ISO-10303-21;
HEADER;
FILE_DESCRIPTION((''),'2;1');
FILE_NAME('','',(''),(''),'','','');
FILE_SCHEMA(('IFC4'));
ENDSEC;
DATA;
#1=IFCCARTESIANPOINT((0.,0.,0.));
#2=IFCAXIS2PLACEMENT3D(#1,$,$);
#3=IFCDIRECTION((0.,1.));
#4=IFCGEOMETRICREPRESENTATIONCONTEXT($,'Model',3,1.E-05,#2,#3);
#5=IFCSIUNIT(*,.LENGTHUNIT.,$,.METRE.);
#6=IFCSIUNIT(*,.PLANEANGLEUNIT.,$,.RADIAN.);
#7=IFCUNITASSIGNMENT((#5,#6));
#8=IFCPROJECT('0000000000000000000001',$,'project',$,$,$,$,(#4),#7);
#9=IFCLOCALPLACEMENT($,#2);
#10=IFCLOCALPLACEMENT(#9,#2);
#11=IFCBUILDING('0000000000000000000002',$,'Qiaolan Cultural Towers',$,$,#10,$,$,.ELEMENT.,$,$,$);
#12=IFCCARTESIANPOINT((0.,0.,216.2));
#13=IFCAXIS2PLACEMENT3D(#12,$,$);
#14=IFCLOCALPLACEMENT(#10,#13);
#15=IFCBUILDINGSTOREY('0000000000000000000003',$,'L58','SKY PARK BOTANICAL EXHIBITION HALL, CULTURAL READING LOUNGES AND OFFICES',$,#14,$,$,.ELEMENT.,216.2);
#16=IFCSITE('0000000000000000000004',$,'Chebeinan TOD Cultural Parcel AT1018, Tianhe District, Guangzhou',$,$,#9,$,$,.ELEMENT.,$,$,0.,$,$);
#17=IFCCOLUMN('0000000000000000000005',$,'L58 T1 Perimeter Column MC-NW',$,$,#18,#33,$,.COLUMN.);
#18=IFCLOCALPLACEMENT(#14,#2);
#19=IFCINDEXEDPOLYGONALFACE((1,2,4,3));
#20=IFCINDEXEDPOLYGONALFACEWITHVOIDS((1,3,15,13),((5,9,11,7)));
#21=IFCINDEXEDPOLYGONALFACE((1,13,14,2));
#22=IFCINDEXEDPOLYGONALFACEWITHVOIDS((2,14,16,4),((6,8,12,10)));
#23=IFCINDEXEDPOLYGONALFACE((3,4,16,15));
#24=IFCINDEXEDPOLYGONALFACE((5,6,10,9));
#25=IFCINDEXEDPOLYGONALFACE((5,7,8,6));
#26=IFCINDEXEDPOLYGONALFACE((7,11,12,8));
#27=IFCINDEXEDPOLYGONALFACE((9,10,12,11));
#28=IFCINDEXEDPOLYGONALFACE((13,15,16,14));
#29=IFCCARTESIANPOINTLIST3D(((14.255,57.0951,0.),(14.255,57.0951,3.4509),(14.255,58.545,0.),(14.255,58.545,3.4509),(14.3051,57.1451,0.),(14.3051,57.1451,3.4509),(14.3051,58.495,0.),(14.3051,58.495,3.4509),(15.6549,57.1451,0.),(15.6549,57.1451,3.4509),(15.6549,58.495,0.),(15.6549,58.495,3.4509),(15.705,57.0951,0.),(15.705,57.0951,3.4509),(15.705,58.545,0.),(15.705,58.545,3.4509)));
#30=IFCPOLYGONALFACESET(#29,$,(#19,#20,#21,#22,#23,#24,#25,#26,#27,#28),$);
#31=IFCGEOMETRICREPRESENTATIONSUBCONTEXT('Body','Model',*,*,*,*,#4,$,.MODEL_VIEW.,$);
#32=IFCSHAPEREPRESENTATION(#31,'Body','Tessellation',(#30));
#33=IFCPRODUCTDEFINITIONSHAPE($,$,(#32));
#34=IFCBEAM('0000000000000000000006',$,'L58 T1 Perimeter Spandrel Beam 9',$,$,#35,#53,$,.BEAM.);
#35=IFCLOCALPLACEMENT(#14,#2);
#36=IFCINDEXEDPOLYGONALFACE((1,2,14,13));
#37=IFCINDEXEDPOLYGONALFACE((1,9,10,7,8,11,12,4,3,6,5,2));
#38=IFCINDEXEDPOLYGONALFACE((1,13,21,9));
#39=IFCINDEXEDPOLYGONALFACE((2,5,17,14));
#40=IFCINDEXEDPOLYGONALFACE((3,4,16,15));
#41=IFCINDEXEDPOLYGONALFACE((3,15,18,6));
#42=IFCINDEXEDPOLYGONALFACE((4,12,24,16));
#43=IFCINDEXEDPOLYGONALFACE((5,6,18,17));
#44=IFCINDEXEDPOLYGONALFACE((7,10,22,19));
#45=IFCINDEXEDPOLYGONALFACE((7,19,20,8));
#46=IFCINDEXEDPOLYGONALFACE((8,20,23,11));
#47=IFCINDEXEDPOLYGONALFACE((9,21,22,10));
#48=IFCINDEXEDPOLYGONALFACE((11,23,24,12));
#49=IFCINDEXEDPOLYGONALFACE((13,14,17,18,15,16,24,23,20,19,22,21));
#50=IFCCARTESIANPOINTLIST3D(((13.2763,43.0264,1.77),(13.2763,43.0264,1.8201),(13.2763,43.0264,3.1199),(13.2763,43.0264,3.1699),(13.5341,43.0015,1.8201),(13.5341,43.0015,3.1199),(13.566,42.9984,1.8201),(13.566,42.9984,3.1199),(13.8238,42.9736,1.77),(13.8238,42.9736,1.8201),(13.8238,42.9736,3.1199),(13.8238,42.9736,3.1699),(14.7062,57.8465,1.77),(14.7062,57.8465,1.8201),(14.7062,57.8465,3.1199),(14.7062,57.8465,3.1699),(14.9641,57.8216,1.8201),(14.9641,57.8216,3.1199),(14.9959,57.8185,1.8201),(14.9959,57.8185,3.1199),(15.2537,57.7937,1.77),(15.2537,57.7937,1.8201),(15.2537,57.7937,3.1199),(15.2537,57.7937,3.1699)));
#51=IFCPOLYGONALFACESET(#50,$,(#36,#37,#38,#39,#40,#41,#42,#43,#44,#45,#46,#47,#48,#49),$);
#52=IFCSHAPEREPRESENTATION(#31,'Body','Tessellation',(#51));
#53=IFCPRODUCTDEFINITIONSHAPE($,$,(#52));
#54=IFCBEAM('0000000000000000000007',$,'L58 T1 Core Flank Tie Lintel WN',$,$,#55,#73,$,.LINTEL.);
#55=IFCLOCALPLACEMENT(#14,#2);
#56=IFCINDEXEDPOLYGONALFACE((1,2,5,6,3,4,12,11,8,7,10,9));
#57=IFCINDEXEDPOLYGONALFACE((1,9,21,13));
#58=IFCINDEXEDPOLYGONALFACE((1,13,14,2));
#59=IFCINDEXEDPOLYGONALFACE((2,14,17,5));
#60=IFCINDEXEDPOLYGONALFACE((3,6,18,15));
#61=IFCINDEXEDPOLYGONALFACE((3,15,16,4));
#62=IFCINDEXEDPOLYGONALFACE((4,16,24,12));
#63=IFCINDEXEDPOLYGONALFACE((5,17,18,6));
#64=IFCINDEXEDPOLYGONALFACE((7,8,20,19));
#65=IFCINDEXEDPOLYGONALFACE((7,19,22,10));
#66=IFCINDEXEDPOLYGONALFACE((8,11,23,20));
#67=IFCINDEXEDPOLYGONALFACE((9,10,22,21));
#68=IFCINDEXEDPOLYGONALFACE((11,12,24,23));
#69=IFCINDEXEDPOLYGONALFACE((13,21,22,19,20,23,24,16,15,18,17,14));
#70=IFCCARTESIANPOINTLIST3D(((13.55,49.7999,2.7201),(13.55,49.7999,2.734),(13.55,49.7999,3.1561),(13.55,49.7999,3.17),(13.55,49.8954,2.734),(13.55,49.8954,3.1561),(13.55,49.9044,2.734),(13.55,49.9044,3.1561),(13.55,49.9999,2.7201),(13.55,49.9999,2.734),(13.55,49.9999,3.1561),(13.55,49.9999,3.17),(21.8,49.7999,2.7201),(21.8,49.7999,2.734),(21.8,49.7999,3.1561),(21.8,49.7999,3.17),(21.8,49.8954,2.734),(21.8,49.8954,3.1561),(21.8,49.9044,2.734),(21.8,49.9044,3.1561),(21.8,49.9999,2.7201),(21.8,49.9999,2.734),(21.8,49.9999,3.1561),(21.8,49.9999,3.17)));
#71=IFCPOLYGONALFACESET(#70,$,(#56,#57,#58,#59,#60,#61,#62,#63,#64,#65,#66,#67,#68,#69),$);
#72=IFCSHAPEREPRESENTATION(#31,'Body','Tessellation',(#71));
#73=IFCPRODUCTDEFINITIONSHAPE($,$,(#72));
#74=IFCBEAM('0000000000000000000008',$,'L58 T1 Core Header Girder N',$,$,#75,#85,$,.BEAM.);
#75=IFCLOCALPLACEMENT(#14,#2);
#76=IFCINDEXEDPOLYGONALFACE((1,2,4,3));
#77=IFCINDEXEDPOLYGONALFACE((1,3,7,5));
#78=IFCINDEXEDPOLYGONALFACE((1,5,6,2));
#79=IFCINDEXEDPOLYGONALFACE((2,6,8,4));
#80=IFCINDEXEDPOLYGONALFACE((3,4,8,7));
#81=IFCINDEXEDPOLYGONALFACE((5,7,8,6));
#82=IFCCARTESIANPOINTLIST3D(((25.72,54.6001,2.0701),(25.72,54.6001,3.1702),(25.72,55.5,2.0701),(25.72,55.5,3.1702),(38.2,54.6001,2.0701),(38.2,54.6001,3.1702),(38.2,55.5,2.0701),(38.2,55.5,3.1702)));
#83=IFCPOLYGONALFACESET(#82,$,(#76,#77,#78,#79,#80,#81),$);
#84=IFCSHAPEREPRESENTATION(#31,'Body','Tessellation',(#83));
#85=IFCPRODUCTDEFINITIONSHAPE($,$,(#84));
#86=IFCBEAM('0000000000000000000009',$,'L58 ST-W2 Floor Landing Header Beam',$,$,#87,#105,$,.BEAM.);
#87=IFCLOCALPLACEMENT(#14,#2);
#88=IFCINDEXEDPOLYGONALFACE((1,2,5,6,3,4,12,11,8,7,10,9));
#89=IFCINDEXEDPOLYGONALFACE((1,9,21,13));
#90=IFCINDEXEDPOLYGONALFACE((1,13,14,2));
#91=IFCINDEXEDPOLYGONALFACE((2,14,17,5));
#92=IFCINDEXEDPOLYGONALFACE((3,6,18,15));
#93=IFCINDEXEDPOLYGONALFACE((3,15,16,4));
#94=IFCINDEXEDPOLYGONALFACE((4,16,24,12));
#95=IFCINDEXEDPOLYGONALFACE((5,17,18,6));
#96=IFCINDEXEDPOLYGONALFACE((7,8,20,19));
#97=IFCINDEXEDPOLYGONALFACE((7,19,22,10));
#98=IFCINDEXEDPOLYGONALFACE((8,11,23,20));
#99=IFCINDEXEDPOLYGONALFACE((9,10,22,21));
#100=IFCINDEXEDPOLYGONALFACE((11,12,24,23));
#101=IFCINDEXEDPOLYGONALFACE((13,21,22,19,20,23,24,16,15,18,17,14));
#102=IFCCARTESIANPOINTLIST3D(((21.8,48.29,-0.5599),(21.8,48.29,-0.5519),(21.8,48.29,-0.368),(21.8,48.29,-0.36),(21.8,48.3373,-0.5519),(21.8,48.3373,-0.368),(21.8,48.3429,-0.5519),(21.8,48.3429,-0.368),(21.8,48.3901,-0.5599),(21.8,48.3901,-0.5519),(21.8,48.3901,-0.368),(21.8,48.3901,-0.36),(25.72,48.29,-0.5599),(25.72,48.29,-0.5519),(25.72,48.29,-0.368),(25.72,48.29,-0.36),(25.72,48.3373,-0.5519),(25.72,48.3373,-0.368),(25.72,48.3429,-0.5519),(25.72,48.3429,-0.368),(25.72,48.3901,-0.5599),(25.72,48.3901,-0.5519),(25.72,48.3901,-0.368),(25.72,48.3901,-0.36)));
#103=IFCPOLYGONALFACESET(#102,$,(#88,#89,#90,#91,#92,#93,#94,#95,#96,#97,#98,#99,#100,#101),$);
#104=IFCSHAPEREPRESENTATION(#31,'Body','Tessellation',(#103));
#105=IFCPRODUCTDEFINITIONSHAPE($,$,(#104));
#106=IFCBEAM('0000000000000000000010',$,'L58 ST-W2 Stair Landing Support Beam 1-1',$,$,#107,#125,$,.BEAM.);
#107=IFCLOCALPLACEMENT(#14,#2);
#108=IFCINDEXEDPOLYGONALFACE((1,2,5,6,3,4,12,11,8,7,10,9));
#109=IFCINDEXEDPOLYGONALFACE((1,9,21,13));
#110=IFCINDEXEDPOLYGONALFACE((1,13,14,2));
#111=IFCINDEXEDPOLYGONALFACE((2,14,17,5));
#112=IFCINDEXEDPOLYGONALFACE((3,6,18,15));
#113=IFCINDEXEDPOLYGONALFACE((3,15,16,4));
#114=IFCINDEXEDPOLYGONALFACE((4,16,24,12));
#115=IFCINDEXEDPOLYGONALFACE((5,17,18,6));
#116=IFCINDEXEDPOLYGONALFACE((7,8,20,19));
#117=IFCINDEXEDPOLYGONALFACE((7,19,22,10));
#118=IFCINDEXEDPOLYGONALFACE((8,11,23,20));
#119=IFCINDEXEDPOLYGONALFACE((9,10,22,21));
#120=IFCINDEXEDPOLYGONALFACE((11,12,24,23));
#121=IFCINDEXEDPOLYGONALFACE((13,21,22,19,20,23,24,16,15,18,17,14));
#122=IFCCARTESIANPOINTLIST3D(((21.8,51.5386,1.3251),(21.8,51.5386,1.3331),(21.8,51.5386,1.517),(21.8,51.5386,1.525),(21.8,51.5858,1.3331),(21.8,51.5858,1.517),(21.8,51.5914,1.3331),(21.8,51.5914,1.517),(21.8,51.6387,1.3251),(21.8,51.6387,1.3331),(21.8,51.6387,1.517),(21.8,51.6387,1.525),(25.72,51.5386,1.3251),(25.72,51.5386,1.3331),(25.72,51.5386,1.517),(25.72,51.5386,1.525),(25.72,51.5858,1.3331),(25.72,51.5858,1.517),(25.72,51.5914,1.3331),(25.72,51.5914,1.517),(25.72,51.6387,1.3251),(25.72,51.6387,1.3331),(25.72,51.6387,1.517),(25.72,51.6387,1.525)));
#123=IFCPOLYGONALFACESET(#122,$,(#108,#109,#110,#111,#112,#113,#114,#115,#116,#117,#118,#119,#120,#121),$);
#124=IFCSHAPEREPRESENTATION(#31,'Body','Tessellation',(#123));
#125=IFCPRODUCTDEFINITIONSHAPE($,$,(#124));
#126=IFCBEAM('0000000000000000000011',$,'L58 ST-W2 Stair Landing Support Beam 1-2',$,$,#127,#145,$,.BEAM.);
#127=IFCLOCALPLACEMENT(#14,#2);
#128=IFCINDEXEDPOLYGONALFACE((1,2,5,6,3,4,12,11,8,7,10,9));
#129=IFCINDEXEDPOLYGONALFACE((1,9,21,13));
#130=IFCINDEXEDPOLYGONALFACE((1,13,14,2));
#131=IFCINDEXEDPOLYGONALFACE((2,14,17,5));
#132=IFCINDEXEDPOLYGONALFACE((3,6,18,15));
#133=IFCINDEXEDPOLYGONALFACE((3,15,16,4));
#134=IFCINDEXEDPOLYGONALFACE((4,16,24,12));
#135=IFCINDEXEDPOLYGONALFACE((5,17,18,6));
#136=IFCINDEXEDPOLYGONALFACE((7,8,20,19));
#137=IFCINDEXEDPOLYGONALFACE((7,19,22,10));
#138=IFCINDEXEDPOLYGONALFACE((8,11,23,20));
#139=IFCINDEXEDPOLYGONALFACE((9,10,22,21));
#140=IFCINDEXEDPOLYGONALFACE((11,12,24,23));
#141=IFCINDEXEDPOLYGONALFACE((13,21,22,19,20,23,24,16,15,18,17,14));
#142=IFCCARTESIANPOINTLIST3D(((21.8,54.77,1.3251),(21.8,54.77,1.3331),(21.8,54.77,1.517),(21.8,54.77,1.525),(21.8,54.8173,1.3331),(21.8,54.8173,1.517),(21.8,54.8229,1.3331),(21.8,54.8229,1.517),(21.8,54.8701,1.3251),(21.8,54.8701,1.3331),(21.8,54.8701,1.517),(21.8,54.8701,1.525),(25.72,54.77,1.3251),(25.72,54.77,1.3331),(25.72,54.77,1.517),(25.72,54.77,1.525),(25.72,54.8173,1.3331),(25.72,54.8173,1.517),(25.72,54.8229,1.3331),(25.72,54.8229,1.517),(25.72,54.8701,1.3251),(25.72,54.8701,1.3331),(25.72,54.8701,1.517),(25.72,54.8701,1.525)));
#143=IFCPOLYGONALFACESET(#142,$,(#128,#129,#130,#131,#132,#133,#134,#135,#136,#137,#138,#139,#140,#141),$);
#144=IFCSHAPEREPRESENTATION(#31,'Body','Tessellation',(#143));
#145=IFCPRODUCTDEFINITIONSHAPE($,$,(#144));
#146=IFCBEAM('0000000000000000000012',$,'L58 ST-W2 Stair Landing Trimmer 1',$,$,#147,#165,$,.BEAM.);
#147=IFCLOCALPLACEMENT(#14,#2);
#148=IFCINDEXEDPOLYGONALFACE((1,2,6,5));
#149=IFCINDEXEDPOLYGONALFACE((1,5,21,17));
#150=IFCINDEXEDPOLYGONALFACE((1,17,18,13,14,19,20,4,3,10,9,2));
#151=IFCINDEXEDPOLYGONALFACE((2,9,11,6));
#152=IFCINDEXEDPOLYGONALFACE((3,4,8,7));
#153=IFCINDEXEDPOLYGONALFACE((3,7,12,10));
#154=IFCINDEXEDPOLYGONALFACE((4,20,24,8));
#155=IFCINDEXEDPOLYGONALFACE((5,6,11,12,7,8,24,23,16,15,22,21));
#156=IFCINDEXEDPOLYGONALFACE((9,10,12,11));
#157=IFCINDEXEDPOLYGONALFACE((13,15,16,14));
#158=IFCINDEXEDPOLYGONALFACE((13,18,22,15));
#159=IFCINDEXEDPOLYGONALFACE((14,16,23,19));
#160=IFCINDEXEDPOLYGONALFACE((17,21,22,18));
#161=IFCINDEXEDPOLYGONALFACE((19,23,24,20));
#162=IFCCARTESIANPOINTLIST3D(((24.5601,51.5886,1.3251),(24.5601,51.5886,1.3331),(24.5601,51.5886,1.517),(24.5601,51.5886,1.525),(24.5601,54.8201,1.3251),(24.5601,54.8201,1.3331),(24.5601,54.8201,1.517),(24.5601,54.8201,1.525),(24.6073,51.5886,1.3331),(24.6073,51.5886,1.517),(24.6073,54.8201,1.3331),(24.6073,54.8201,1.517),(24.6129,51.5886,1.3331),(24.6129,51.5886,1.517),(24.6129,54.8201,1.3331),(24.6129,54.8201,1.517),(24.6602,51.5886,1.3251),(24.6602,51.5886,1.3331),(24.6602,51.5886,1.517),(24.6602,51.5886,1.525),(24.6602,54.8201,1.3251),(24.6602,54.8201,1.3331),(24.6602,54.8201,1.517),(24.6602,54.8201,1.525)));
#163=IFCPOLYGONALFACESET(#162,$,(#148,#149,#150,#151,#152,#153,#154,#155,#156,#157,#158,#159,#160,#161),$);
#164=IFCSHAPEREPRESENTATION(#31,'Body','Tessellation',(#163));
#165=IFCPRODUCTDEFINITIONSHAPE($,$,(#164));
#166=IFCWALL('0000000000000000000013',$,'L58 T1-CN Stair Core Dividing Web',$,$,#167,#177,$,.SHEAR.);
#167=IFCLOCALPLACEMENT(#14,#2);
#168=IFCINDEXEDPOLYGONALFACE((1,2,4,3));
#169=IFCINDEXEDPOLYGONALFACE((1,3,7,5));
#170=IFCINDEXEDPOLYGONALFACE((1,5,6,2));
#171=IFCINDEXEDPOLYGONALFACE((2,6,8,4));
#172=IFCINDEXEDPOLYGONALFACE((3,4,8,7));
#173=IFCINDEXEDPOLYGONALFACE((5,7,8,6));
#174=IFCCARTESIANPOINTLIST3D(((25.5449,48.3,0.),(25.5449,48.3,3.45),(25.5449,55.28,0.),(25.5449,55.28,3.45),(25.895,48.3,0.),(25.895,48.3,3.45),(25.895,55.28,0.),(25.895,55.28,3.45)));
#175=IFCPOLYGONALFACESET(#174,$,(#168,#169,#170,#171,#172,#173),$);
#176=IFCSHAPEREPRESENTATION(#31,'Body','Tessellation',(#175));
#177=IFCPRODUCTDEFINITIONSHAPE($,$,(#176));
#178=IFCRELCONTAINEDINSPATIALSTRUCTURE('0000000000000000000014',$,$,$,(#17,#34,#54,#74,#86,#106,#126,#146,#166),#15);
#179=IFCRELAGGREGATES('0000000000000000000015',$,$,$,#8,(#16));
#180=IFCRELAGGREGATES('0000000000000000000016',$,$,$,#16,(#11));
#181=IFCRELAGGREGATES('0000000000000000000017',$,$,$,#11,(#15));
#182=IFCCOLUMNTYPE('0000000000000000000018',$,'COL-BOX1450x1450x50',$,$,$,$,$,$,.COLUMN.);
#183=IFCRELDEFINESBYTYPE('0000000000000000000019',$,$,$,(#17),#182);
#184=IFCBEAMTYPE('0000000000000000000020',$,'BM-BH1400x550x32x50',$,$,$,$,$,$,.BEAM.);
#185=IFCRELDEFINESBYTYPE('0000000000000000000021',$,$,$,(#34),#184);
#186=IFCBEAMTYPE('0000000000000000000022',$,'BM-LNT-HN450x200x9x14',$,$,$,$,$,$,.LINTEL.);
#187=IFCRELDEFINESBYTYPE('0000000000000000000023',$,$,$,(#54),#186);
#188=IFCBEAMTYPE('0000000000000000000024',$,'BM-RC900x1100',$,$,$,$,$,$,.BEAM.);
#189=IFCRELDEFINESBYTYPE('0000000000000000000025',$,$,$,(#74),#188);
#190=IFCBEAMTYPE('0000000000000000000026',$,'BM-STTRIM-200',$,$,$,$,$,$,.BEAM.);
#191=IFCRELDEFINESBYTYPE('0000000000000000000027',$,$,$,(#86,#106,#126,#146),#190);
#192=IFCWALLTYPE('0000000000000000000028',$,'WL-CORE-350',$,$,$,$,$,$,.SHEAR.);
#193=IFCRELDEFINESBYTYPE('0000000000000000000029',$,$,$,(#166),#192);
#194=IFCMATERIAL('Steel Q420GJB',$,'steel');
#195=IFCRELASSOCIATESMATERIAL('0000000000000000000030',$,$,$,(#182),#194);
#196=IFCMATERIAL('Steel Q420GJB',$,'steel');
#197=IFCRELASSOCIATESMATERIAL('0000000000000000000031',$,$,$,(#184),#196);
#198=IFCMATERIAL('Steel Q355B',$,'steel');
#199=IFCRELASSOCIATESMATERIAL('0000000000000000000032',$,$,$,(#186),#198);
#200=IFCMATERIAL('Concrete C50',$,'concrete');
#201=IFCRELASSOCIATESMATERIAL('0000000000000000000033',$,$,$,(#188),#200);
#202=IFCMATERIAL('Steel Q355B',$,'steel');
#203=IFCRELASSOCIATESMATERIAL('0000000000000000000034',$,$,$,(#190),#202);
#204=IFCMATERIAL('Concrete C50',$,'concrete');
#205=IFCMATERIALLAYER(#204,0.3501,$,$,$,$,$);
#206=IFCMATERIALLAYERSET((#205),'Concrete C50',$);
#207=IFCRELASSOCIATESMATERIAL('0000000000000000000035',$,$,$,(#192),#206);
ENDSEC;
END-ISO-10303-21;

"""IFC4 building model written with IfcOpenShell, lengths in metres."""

from ifc_helpers import new_model, si_unit, direction, frame, frame_2d, origin, origin_2d, place, context, subcontext, project, spatial, rectangle, hollow_rectangle, i_section, extrude, material, layer, layer_set, material_profile, profile_set, type_object, element, save


model = new_model("IFC4")

# Units and contexts
model_context = context("Model", 3, precision=1e-05, world=origin(), true_north=direction((0.0, 1.0)))
body_context = subcontext(model_context, "Body", "Model", "MODEL_VIEW")
ifc_project = project(units=[si_unit("LENGTHUNIT", "METRE"), si_unit("PLANEANGLEUNIT", "RADIAN")], contexts=[model_context])

# Site, building, storey
site_placement = place(None, origin())
site = spatial("IfcSite", under=ifc_project, at=site_placement, Name="Chebeinan TOD Cultural Parcel AT1018, Tianhe District, Guangzhou", CompositionType="ELEMENT", RefElevation=0.0)
building_placement = place(site_placement, origin())
building = spatial("IfcBuilding", under=site, at=building_placement, Name="Qiaolan Cultural Towers", CompositionType="ELEMENT")
storey_placement = place(building_placement, frame((0.0, 0.0, 216.2)))
storey = spatial("IfcBuildingStorey", under=building, at=storey_placement, Name="L58", Description="SKY PARK BOTANICAL EXHIBITION HALL, CULTURAL READING LOUNGES AND OFFICES", CompositionType="ELEMENT", Elevation=216.2)

# Column
ifc_material_1 = material(Name="Steel Q420GJB", Category="steel")
ifc_material_profile_1 = material_profile(ifc_material_1, hollow_rectangle(XDim=1.45, YDim=1.45, WallThickness=0.05, at=origin_2d()), Name="BOX1450x1450x50")
ifc_profile_set_1 = profile_set([ifc_material_profile_1], Name="Steel Q420GJB")
column_type = type_object("IfcColumnType", Name="COL-BOX1450x1450x50", PredefinedType="COLUMN", material=ifc_profile_set_1)
column_placement = place(storey_placement, frame((14.98, 57.8201, 0.0), z_axis=(0.0, 0.0, 1.0), x_axis=(1.0, 0.0, 0.0)))
element("IfcColumn", 1, at=column_placement, inside=storey, type_object=column_type, Name="L58 T1 Perimeter Column MC-NW", PredefinedType="COLUMN", context=body_context, shape_type="SweptSolid", body=[
    extrude(hollow_rectangle(XDim=1.45, YDim=1.45, WallThickness=0.05, at=origin_2d()), origin(), (0.0, 0.0, 1.0), 3.4509),
])

# Beams
ifc_material_2 = material(Name="Steel Q420GJB", Category="steel")
ifc_material_profile_2 = material_profile(ifc_material_2, i_section(OverallWidth=0.55, OverallDepth=1.3999, WebThickness=0.032, FlangeThickness=0.05, at=origin_2d()), Name="BH1400x550x32x50")
ifc_profile_set_2 = profile_set([ifc_material_profile_2], Name="Steel Q420GJB")
beam_type_1 = type_object("IfcBeamType", Name="BM-BH1400x550x32x50", PredefinedType="BEAM", material=ifc_profile_set_2)
beam_1_placement = place(storey_placement, frame((14.98, 57.8201, 2.47), z_axis=(-0.09604, -0.995377, 0.0), x_axis=(0.995377, -0.09604, 0.0)))
element("IfcBeam", 2, at=beam_1_placement, inside=storey, type_object=beam_type_1, Name="L58 T1 Perimeter Spandrel Beam 9", PredefinedType="BEAM", context=body_context, shape_type="SweptSolid", body=[
    extrude(i_section(OverallWidth=0.55, OverallDepth=1.3999, WebThickness=0.032, FlangeThickness=0.05, at=origin_2d()), origin(), (0.0, 0.0, 1.0), 14.8889),
])
ifc_material_3 = material(Name="Steel Q355B", Category="steel")
ifc_material_profile_3 = material_profile(ifc_material_3, i_section(OverallWidth=0.2, OverallDepth=0.45, WebThickness=0.009, FlangeThickness=0.0139, at=origin_2d()), Name="HN450x200x9x14")
ifc_profile_set_3 = profile_set([ifc_material_profile_3], Name="Steel Q355B")
beam_type_2 = type_object("IfcBeamType", Name="BM-LNT-HN450x200x9x14", PredefinedType="LINTEL", material=ifc_profile_set_3)
beam_2_placement = place(storey_placement, frame((21.8, 49.8999, 2.9451), z_axis=(-1.0, 0.0, 0.0), x_axis=(0.0, -1.0, 0.0)))
element("IfcBeam", 3, at=beam_2_placement, inside=storey, type_object=beam_type_2, Name="L58 T1 Core Flank Tie Lintel WN", PredefinedType="LINTEL", context=body_context, shape_type="SweptSolid", body=[
    extrude(i_section(OverallWidth=0.2, OverallDepth=0.45, WebThickness=0.009, FlangeThickness=0.0139, at=origin_2d()), origin(), (0.0, 0.0, 1.0), 8.25),
])
ifc_material_4 = material(Name="Concrete C50", Category="concrete")
ifc_material_profile_4 = material_profile(ifc_material_4, rectangle(XDim=0.8999, YDim=1.1001, at=origin_2d()), Name="RC900x1100")
ifc_profile_set_4 = profile_set([ifc_material_profile_4], Name="Concrete C50")
beam_type_3 = type_object("IfcBeamType", Name="BM-RC900x1100", PredefinedType="BEAM", material=ifc_profile_set_4)
beam_3_placement = place(storey_placement, frame((25.72, 55.05, 2.6201), z_axis=(1.0, 0.0, 0.0), x_axis=(0.0, 1.0, 0.0)))
element("IfcBeam", 4, at=beam_3_placement, inside=storey, type_object=beam_type_3, Name="L58 T1 Core Header Girder N", PredefinedType="BEAM", context=body_context, shape_type="SweptSolid", body=[
    extrude(rectangle(XDim=0.8999, YDim=1.1001, at=origin_2d()), origin(), (0.0, 0.0, 1.0), 12.48),
])
ifc_material_5 = material(Name="Steel Q355B", Category="steel")
ifc_material_profile_5 = material_profile(ifc_material_5, i_section(OverallWidth=0.1001, OverallDepth=0.2, WebThickness=0.0056, FlangeThickness=0.0081, at=origin_2d()), Name="HN200x100x5.5x8")
ifc_profile_set_5 = profile_set([ifc_material_profile_5], Name="Steel Q355B")
beam_type_4 = type_object("IfcBeamType", Name="BM-STTRIM-200", PredefinedType="BEAM", material=ifc_profile_set_5)
for number, where, z_axis, x_axis, name in (
    (5, (21.8, 48.3401, -0.46), (1.0, 0.0, 0.0), (0.0, 1.0, 0.0), "L58 ST-W2 Floor Landing Header Beam"),
    (6, (21.8, 51.5886, 1.425), (1.0, 0.0, 0.0), (0.0, 1.0, 0.0), "L58 ST-W2 Stair Landing Support Beam 1-1"),
    (7, (21.8, 54.8201, 1.425), (1.0, 0.0, 0.0), (0.0, 1.0, 0.0), "L58 ST-W2 Stair Landing Support Beam 1-2"),
):
    element("IfcBeam", number, at=place(storey_placement, frame(where, z_axis=z_axis, x_axis=x_axis)), inside=storey, type_object=beam_type_4, Name=name, PredefinedType="BEAM", context=body_context, shape_type="SweptSolid", body=[
        extrude(i_section(OverallWidth=0.1001, OverallDepth=0.2, WebThickness=0.0056, FlangeThickness=0.0081, at=origin_2d()), origin(), (0.0, 0.0, 1.0), 3.9199),
    ])
beam_4_placement = place(storey_placement, frame((24.6101, 51.5886, 1.425), z_axis=(0.0, 1.0, 0.0), x_axis=(-1.0, 0.0, 0.0)))
element("IfcBeam", 8, at=beam_4_placement, inside=storey, type_object=beam_type_4, Name="L58 ST-W2 Stair Landing Trimmer 1", PredefinedType="BEAM", context=body_context, shape_type="SweptSolid", body=[
    extrude(i_section(OverallWidth=0.1001, OverallDepth=0.2, WebThickness=0.0056, FlangeThickness=0.0081, at=origin_2d()), origin(), (0.0, 0.0, 1.0), 3.2314),
])

# Wall
ifc_material_6 = material(Name="Concrete C50", Category="concrete")
ifc_layer_1 = layer(ifc_material_6, 0.3501)
ifc_layer_set_1 = layer_set([ifc_layer_1], Name="Concrete C50")
wall_type_1 = type_object("IfcWallType", Name="WL-CORE-350", PredefinedType="SHEAR", material=ifc_layer_set_1)
wall_1_placement = place(storey_placement, frame((25.72, 48.3, 0.0), z_axis=(0.0, 0.0, 1.0), x_axis=(0.0, 1.0, 0.0)))
element("IfcWall", 9, at=wall_1_placement, inside=storey, type_object=wall_type_1, Name="L58 T1-CN Stair Core Dividing Web", PredefinedType="SHEAR", context=body_context, shape_type="SweptSolid", body=[
    extrude(rectangle(XDim=6.98, YDim=0.3501, at=frame_2d((3.49, 0.0))), origin(), (0.0, 0.0, 1.0), 3.45),
])

save(model, "model.ifc")
